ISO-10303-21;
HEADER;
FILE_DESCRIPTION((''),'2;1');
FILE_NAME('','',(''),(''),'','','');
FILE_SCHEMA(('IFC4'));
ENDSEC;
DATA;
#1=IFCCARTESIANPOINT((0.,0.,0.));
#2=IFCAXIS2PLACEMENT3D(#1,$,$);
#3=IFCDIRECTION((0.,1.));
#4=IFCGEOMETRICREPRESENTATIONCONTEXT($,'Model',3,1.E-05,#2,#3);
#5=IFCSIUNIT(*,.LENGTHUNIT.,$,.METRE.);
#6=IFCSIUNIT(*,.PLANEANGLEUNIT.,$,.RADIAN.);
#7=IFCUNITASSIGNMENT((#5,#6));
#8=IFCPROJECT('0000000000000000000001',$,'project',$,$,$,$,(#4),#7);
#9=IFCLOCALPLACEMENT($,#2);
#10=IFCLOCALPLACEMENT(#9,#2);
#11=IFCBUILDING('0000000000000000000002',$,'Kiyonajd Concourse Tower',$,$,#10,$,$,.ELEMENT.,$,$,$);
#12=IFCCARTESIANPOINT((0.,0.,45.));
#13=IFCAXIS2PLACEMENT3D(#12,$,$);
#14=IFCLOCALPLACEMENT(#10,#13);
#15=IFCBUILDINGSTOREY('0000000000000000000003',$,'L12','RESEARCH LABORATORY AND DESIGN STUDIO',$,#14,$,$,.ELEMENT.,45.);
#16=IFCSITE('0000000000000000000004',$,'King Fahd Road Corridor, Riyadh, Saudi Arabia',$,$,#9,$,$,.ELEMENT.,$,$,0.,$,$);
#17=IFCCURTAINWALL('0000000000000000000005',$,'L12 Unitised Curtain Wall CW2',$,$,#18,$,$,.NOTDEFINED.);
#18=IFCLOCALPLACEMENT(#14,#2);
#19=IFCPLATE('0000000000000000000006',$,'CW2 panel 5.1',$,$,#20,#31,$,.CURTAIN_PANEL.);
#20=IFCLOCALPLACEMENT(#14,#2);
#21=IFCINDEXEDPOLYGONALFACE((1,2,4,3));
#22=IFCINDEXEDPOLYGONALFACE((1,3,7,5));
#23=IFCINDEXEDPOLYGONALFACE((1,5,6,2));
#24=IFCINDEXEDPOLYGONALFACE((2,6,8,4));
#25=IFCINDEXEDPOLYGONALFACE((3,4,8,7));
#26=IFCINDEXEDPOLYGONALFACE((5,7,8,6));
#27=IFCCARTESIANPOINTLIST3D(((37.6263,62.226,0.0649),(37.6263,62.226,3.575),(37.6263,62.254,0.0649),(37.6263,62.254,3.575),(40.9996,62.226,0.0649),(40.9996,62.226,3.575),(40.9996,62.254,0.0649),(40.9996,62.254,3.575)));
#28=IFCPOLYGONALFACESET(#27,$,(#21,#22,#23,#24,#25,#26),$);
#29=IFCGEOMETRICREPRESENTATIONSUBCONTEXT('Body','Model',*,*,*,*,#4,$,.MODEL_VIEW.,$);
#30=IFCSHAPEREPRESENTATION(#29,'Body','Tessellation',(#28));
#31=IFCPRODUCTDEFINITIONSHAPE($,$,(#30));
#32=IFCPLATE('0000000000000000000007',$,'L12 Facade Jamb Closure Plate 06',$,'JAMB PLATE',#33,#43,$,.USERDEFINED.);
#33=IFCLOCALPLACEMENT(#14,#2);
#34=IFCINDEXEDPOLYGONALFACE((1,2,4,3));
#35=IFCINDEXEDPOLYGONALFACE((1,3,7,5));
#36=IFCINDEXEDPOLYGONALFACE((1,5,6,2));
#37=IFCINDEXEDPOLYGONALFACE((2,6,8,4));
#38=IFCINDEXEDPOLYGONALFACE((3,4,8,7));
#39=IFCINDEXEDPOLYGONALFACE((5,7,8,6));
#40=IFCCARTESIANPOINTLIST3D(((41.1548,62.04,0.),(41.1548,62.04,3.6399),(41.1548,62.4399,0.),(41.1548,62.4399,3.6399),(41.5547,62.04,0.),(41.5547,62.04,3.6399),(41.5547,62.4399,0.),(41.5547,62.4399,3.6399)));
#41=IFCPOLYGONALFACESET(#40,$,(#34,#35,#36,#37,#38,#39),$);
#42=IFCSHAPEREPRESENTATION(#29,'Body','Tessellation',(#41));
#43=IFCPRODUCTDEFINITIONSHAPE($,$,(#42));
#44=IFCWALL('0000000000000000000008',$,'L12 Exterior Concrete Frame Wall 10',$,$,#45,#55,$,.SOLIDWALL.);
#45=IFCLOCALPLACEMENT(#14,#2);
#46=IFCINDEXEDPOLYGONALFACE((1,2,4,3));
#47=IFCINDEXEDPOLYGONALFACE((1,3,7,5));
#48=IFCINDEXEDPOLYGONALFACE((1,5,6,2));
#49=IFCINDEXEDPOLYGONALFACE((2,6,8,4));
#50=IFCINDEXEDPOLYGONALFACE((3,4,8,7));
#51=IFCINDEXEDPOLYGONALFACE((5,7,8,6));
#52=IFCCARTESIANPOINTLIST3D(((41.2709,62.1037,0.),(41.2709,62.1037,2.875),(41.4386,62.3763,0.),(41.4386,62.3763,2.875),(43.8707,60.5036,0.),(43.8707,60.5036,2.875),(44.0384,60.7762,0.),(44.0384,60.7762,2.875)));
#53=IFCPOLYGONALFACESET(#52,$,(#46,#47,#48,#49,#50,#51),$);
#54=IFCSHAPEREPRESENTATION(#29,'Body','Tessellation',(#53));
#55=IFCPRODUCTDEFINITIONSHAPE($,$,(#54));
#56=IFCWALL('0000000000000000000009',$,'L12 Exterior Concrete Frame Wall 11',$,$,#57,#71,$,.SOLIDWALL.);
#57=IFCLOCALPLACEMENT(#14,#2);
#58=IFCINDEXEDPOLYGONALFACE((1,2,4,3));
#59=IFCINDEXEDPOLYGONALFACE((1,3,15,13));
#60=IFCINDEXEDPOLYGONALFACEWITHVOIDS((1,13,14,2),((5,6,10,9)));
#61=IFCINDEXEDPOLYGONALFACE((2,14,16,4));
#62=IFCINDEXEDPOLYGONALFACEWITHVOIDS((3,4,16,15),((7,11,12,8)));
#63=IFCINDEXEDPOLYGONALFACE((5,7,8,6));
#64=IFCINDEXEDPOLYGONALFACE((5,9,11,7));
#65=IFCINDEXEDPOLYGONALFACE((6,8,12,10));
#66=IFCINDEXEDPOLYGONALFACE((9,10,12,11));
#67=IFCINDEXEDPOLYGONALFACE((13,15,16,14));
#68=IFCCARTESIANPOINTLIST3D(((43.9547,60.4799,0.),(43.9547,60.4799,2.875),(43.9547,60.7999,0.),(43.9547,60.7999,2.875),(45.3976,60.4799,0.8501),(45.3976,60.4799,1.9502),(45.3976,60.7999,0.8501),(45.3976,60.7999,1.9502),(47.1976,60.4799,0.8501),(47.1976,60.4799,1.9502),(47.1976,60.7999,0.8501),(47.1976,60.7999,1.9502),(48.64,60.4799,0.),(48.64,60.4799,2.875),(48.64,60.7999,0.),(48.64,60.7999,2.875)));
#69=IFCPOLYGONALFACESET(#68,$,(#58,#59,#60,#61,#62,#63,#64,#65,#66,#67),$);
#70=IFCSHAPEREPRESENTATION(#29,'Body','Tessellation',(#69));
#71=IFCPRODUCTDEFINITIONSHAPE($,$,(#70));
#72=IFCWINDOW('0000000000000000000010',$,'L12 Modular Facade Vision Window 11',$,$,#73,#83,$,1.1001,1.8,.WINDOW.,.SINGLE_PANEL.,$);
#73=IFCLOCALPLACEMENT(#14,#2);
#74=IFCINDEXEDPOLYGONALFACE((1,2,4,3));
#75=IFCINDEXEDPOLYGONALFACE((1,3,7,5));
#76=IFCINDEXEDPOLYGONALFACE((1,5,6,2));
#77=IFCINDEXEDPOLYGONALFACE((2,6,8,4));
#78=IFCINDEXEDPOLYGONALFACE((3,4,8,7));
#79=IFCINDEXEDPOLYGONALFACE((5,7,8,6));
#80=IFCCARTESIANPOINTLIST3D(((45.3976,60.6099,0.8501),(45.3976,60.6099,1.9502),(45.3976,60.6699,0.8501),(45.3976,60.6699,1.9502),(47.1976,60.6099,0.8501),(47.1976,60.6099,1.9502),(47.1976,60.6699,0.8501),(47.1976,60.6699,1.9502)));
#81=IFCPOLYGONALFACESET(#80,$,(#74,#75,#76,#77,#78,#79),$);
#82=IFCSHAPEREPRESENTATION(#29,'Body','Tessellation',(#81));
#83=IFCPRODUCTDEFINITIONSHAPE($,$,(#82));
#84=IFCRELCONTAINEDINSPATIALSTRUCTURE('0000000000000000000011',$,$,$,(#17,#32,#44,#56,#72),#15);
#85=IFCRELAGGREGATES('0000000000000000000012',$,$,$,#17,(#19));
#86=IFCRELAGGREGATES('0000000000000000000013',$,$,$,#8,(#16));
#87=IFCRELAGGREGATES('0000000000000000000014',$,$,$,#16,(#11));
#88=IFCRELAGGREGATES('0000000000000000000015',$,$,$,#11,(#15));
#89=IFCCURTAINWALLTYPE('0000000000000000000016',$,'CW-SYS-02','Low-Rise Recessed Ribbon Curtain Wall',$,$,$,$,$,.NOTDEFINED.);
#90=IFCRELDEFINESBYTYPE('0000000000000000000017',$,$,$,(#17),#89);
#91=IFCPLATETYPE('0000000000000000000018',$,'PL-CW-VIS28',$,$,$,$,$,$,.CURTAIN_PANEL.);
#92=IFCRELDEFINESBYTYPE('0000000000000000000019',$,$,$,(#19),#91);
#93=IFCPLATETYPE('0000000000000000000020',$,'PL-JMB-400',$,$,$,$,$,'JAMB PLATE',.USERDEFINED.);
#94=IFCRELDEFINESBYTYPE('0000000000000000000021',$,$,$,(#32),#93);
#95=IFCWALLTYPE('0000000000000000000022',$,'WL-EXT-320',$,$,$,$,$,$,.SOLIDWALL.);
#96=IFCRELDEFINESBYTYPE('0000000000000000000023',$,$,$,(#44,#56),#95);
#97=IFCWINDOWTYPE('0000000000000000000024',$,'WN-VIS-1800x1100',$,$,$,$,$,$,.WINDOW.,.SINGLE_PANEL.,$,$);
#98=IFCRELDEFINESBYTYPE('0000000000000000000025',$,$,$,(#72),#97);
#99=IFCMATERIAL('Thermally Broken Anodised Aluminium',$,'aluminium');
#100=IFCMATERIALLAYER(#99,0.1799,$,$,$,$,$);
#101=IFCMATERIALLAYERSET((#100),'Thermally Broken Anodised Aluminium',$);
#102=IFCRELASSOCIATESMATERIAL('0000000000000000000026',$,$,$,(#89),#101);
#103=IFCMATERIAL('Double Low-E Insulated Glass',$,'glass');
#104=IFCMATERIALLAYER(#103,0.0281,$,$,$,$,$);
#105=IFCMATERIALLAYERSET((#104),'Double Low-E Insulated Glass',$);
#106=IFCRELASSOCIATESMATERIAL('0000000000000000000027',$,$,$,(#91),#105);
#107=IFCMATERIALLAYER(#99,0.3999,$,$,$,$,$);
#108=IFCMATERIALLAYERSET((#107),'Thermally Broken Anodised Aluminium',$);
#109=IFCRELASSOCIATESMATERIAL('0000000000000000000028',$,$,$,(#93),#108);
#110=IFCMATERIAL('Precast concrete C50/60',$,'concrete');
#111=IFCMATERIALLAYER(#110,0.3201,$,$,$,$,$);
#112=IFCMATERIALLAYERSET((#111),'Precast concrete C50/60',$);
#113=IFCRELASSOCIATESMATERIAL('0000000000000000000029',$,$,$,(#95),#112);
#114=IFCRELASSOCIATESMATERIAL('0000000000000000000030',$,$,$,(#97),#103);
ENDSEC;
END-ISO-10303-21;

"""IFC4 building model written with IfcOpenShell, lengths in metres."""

from ifc_helpers import new_model, si_unit, direction, frame, frame_2d, origin, origin_2d, place, context, subcontext, project, spatial, rectangle, extrude, material, layer, layer_set, type_object, element, fill, aggregate, save


model = new_model("IFC4")

# Units and contexts
model_context = context("Model", 3, precision=1e-05, world=origin(), true_north=direction((0.0, 1.0)))
body_context = subcontext(model_context, "Body", "Model", "MODEL_VIEW")
ifc_project = project(units=[si_unit("LENGTHUNIT", "METRE"), si_unit("PLANEANGLEUNIT", "RADIAN")], contexts=[model_context])

# Site, building, storey
site_placement = place(None, origin())
site = spatial("IfcSite", under=ifc_project, at=site_placement, Name="King Fahd Road Corridor, Riyadh, Saudi Arabia", CompositionType="ELEMENT", RefElevation=0.0)
building_placement = place(site_placement, origin())
building = spatial("IfcBuilding", under=site, at=building_placement, Name="Kiyonajd Concourse Tower", CompositionType="ELEMENT")
storey_placement = place(building_placement, frame((0.0, 0.0, 45.0)))
storey = spatial("IfcBuildingStorey", under=building, at=storey_placement, Name="L12", Description="RESEARCH LABORATORY AND DESIGN STUDIO", CompositionType="ELEMENT", Elevation=45.0)

# Shared definitions
ifc_material_1 = material(Name="Precast concrete C50/60", Category="concrete")

# Curtain wall, plate
ifc_material_2 = material(Name="Thermally Broken Anodised Aluminium", Category="aluminium")
ifc_layer_1 = layer(ifc_material_2, 0.1799)
ifc_layer_set_1 = layer_set([ifc_layer_1], Name="Thermally Broken Anodised Aluminium")
curtain_wall_type = type_object("IfcCurtainWallType", Name="CW-SYS-02", Description="Low-Rise Recessed Ribbon Curtain Wall", PredefinedType="NOTDEFINED", material=ifc_layer_set_1)
curtain_wall_placement = place(storey_placement, origin())
curtain_wall = element("IfcCurtainWall", 1, at=curtain_wall_placement, inside=storey, type_object=curtain_wall_type, Name="L12 Unitised Curtain Wall CW2", PredefinedType="NOTDEFINED")
ifc_material_3 = material(Name="Double Low-E Insulated Glass", Category="glass")
ifc_layer_2 = layer(ifc_material_3, 0.0281)
ifc_layer_set_2 = layer_set([ifc_layer_2], Name="Double Low-E Insulated Glass")
plate_type_1 = type_object("IfcPlateType", Name="PL-CW-VIS28", PredefinedType="CURTAIN_PANEL", material=ifc_layer_set_2)
plate_1_placement = place(storey_placement, frame((39.313, 62.24, 0.0649), z_axis=(0.0, 0.0, 1.0), x_axis=(1.0, 0.0, 0.0)))
plate_1 = element("IfcPlate", 2, at=plate_1_placement, type_object=plate_type_1, Name="CW2 panel 5.1", PredefinedType="CURTAIN_PANEL", context=body_context, shape_type="SweptSolid", body=[
    extrude(rectangle(XDim=3.3733, YDim=0.0281, at=origin_2d()), origin(), (0.0, 0.0, 1.0), 3.51),
])
aggregate(curtain_wall, [plate_1])

# Plate
ifc_layer_3 = layer(ifc_material_2, 0.3999)
ifc_layer_set_3 = layer_set([ifc_layer_3], Name="Thermally Broken Anodised Aluminium")
plate_type_2 = type_object("IfcPlateType", Name="PL-JMB-400", ElementType="JAMB PLATE", PredefinedType="USERDEFINED", material=ifc_layer_set_3)
plate_2_placement = place(storey_placement, frame((41.3547, 62.24, 0.0), z_axis=(0.0, 0.0, 1.0), x_axis=(1.0, 0.0, 0.0)))
element("IfcPlate", 3, at=plate_2_placement, inside=storey, type_object=plate_type_2, Name="L12 Facade Jamb Closure Plate 06", ObjectType="JAMB PLATE", PredefinedType="USERDEFINED", context=body_context, shape_type="SweptSolid", body=[
    extrude(rectangle(XDim=0.3999, YDim=0.3999, at=origin_2d()), origin(), (0.0, 0.0, 1.0), 3.6399),
])

# Wall
ifc_layer_4 = layer(ifc_material_1, 0.3201)
ifc_layer_set_4 = layer_set([ifc_layer_4], Name="Precast concrete C50/60")
wall_type = type_object("IfcWallType", Name="WL-EXT-320", PredefinedType="SOLIDWALL", material=ifc_layer_set_4)
wall_1_placement = place(storey_placement, frame((41.3547, 62.24, 0.0), z_axis=(0.0, 0.0, 1.0), x_axis=(0.851631, -0.524142, 0.0)))
element("IfcWall", 4, at=wall_1_placement, inside=storey, type_object=wall_type, Name="L12 Exterior Concrete Frame Wall 10", PredefinedType="SOLIDWALL", context=body_context, shape_type="SweptSolid", body=[
    extrude(rectangle(XDim=3.0527, YDim=0.3201, at=frame_2d((1.5264, 0.0))), origin(), (0.0, 0.0, 1.0), 2.875),
])

# Wall, opening, window
wall_2_placement = place(storey_placement, frame((43.9546, 60.6399, 0.0), z_axis=(0.0, 0.0, 1.0), x_axis=(1.0, 0.0, 0.0)))
wall_2 = element("IfcWall", 5, at=wall_2_placement, inside=storey, type_object=wall_type, Name="L12 Exterior Concrete Frame Wall 11", PredefinedType="SOLIDWALL", context=body_context, shape_type="SweptSolid", body=[
    extrude(rectangle(XDim=4.6853, YDim=0.3201, at=frame_2d((2.3428, 0.0))), origin(), (0.0, 0.0, 1.0), 2.875),
])
opening_placement = place(wall_2_placement, frame((1.4431, 0.0, 0.8501)))
opening = element("IfcOpeningElement", 6, at=opening_placement, cuts=wall_2, PredefinedType="OPENING", context=body_context, shape_type="SweptSolid", body=[
    extrude(rectangle(XDim=1.8, YDim=1.1001, at=frame_2d((0.8999, 0.55))), frame((0.0, 0.1699, 0.0), z_axis=(0.0, -1.0, 0.0), x_axis=(1.0, 0.0, 0.0)), (0.0, 0.0, 1.0), 0.3401),
])
window_type = type_object("IfcWindowType", Name="WN-VIS-1800x1100", PartitioningType="SINGLE_PANEL", PredefinedType="WINDOW", material=ifc_material_3)
window_placement = place(opening_placement, origin())
window = element("IfcWindow", 7, at=window_placement, inside=storey, type_object=window_type, Name="L12 Modular Facade Vision Window 11", OverallHeight=1.1001, OverallWidth=1.8, PartitioningType="SINGLE_PANEL", PredefinedType="WINDOW", context=body_context, shape_type="SweptSolid", body=[
    extrude(rectangle(XDim=1.8, YDim=1.1001, at=frame_2d((0.8999, 0.55))), frame((0.0, 0.03, 0.0), z_axis=(0.0, -1.0, 0.0), x_axis=(1.0, 0.0, 0.0)), (0.0, 0.0, 1.0), 0.0601),
])
fill(opening, window)

save(model, "model.ifc")
